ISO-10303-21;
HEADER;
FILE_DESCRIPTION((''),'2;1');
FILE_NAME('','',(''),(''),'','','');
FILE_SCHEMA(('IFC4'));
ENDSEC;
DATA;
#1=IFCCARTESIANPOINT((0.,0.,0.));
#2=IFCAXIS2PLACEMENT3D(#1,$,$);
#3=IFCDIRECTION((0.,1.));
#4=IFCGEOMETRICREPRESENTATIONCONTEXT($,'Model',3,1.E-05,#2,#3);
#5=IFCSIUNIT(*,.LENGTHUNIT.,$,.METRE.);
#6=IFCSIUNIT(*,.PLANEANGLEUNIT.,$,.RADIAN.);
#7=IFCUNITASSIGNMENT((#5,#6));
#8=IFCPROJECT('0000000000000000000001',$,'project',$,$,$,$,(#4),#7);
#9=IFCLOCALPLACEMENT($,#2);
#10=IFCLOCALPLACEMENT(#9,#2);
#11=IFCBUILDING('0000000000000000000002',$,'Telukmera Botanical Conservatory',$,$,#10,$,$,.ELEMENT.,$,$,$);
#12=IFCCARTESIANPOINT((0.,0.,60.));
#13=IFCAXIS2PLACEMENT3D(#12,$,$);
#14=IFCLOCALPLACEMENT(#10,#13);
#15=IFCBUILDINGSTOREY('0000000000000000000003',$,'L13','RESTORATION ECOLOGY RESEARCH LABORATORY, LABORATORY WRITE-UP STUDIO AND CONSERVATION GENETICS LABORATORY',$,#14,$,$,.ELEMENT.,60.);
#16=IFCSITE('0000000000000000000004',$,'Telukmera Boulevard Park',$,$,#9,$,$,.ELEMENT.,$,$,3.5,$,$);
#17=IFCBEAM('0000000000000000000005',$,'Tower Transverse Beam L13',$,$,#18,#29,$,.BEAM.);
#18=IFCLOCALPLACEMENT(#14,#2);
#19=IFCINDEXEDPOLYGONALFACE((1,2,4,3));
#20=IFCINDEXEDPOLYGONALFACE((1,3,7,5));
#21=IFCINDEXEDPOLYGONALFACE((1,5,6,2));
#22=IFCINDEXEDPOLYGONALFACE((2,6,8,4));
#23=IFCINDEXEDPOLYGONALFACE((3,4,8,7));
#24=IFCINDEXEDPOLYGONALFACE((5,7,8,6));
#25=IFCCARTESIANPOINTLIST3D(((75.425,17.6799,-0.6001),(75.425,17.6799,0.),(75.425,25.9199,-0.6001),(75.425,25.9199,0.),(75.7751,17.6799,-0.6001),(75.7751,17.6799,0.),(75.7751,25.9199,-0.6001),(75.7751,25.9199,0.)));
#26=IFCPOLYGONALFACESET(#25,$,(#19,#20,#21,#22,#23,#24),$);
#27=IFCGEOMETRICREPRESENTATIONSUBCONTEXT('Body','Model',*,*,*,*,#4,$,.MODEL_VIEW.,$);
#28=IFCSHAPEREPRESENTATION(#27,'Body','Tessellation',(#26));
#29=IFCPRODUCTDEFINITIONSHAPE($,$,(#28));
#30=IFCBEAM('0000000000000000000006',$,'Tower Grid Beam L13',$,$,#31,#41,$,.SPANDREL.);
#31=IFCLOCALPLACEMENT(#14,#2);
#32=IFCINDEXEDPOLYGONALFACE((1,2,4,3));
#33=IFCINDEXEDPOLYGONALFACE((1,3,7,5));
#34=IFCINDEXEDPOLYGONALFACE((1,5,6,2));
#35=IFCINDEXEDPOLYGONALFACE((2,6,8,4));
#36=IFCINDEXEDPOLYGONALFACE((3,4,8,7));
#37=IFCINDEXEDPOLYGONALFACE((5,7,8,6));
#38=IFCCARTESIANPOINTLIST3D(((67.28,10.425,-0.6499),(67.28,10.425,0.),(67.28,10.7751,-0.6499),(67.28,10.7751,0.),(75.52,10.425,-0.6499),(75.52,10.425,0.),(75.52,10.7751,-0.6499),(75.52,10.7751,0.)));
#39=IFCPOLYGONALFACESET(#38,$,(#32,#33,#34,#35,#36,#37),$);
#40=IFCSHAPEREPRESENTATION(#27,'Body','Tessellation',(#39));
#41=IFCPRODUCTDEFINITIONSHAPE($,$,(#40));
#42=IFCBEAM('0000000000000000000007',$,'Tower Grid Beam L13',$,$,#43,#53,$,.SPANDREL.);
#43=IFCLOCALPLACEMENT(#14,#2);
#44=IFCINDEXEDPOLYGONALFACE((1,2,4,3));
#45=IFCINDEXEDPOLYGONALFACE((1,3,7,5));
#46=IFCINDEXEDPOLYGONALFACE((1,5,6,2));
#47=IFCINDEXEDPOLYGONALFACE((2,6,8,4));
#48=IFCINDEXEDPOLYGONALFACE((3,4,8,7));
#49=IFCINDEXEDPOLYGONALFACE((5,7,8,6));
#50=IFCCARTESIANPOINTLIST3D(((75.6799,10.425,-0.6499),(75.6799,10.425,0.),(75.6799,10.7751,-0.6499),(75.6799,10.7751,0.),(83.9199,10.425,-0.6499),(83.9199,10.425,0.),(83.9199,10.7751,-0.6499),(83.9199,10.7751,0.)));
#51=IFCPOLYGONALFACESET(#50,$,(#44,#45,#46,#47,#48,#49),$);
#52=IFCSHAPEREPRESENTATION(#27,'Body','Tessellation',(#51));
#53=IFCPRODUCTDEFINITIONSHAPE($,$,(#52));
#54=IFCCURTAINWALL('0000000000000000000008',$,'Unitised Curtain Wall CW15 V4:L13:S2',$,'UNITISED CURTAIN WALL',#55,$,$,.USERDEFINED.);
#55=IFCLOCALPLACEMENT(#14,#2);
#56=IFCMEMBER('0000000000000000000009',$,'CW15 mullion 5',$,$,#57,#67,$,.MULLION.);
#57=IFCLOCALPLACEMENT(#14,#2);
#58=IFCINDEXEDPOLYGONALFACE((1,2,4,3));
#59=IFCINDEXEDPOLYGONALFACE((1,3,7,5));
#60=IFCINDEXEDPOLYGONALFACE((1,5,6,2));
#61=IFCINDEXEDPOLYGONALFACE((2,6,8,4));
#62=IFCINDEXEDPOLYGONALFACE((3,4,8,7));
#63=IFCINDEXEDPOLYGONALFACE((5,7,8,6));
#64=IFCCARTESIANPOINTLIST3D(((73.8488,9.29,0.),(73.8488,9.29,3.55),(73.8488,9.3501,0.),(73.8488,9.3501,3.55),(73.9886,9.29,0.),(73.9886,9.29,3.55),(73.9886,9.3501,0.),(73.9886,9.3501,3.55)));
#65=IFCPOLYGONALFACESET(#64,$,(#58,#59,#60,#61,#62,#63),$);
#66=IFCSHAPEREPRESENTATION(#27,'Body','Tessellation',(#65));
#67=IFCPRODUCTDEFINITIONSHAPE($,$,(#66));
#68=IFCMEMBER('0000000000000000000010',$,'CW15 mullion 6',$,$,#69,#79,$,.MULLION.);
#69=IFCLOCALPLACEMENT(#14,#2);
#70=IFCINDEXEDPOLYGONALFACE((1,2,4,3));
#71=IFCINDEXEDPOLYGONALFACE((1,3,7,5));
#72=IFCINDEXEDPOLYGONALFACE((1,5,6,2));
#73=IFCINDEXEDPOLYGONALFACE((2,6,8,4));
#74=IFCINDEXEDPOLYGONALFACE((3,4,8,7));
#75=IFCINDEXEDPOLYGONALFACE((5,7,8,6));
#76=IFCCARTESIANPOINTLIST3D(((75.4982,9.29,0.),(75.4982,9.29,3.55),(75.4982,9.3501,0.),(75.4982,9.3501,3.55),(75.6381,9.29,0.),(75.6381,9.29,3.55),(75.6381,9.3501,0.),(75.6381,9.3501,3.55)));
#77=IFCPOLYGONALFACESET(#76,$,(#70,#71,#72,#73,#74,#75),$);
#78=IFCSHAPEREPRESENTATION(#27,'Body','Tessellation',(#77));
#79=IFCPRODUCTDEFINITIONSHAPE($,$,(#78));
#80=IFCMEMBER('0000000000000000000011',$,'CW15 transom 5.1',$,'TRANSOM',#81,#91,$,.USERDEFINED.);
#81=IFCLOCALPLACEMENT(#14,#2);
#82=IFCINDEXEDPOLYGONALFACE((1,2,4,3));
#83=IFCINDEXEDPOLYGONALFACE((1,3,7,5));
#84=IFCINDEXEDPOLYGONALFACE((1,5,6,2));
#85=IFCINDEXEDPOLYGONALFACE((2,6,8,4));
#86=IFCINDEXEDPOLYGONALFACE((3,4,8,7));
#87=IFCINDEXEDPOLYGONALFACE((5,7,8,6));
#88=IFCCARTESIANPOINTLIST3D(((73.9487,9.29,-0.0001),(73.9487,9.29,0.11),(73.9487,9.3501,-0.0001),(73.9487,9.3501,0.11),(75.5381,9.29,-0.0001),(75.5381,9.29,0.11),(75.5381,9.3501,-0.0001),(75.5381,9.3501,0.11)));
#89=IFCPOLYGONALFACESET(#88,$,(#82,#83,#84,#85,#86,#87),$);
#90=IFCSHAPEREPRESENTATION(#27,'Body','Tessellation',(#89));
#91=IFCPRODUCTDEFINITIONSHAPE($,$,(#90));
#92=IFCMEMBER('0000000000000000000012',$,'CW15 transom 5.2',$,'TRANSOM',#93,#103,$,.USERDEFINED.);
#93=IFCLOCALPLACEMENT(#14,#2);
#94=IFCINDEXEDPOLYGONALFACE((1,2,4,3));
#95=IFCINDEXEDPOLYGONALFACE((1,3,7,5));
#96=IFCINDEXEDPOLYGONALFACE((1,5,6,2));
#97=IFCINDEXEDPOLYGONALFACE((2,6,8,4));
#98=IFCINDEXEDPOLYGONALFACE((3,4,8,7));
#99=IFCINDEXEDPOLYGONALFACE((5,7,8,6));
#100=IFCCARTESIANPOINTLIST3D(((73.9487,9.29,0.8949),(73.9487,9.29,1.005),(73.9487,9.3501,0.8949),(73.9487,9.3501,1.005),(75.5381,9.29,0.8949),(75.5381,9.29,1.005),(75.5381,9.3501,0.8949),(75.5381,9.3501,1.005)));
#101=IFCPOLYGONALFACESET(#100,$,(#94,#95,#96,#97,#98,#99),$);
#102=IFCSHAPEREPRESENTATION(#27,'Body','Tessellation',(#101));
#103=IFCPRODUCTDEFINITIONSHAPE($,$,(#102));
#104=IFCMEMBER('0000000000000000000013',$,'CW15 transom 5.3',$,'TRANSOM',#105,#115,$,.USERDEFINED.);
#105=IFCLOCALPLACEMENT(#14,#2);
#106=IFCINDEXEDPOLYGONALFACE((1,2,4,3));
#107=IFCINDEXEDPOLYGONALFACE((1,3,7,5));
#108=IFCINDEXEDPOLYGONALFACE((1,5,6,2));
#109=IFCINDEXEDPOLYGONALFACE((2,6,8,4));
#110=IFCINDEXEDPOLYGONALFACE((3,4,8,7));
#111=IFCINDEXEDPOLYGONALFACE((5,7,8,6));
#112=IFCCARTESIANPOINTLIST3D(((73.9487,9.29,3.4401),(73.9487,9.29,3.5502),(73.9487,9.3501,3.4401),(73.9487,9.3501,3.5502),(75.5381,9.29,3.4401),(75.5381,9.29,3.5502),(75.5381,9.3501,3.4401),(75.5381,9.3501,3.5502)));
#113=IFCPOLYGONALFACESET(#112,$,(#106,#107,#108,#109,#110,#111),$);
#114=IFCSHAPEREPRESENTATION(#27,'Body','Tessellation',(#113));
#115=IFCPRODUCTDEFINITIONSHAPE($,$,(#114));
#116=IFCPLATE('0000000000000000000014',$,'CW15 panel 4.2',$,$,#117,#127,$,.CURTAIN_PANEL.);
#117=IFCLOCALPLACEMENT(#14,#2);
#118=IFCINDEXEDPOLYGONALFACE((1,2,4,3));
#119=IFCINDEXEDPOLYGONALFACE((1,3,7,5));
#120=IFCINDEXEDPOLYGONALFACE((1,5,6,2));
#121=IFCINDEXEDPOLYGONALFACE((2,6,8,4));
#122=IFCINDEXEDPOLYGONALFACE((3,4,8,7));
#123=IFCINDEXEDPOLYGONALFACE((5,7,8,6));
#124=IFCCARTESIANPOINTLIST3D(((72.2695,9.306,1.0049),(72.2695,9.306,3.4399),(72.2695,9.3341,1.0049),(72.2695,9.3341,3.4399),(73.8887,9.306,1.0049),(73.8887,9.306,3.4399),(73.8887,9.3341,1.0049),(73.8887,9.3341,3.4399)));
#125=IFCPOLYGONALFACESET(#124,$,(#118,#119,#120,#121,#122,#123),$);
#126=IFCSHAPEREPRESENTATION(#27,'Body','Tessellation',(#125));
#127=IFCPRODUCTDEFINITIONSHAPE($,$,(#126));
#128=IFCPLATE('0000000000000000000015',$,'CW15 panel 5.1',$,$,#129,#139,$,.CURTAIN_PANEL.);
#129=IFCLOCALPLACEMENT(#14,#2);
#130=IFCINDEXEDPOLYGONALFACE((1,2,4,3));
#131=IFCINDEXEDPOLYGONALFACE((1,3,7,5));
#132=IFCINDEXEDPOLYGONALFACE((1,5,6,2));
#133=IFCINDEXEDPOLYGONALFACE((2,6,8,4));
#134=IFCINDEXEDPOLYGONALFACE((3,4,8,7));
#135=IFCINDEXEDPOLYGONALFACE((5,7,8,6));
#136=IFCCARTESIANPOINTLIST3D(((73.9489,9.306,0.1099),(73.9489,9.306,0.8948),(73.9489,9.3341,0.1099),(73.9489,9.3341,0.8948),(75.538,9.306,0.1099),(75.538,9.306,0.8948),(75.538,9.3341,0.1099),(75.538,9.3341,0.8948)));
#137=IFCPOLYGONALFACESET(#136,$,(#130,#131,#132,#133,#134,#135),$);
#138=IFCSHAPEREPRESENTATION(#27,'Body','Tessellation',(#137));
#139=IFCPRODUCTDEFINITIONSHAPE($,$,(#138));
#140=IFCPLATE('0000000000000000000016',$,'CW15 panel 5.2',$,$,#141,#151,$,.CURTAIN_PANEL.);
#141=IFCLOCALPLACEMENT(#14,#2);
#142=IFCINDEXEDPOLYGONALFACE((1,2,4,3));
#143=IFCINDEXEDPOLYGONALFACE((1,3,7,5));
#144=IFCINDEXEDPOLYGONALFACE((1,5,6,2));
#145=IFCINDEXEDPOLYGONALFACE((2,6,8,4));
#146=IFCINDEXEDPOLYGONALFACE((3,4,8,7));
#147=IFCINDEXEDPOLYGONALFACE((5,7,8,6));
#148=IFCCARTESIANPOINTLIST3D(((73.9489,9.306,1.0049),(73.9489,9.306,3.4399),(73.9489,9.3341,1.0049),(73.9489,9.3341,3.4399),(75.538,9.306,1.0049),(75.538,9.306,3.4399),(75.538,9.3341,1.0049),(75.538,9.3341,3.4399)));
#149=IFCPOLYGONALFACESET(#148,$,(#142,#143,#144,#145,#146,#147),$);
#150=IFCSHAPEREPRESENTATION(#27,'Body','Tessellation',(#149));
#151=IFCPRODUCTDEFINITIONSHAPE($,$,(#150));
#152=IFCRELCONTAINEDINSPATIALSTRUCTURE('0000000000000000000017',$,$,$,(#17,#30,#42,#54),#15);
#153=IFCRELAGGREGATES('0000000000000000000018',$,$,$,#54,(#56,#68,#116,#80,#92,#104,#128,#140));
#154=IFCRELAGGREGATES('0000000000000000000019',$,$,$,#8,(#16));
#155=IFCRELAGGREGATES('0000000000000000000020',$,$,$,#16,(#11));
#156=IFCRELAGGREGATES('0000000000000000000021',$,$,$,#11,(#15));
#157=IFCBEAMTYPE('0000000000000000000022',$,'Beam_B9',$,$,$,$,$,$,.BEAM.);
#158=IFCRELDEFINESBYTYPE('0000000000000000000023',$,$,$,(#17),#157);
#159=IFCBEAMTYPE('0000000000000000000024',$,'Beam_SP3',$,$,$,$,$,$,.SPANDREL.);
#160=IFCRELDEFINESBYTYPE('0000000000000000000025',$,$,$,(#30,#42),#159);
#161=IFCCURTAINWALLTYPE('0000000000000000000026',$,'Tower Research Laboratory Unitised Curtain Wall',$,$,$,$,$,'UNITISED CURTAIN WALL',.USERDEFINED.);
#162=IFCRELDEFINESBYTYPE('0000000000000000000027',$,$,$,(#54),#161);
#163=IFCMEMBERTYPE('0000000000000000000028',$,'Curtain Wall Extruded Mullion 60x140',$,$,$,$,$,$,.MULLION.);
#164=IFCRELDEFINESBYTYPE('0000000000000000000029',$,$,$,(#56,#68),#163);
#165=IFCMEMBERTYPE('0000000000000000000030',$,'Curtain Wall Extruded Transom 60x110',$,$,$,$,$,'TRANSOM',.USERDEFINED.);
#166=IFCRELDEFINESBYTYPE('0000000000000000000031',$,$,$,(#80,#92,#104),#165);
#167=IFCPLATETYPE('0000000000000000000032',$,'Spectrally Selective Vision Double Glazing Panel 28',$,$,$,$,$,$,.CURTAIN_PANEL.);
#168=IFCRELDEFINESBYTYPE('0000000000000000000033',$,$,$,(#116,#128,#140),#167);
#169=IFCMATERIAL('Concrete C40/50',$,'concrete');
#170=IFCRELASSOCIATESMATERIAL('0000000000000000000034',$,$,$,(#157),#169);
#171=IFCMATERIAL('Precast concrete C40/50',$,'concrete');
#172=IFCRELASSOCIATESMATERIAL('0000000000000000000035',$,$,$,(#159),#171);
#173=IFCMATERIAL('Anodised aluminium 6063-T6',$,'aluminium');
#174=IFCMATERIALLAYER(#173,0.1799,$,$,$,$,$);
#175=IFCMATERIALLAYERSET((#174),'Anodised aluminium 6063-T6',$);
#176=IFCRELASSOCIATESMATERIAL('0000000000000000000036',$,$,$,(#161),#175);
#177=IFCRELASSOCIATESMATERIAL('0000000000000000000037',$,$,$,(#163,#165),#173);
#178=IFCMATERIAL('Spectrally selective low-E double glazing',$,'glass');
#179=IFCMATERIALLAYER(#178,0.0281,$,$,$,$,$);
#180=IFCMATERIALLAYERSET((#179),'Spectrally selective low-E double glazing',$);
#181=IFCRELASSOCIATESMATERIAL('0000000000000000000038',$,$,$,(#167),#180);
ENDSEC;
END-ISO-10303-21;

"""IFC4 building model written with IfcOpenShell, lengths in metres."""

from ifc_helpers import new_model, si_unit, direction, frame, origin, origin_2d, place, context, subcontext, project, spatial, rectangle, extrude, material, layer, layer_set, material_profile, profile_set, type_object, element, aggregate, save


model = new_model("IFC4")

# Units and contexts
model_context = context("Model", 3, precision=1e-05, world=origin(), true_north=direction((0.0, 1.0)))
body_context = subcontext(model_context, "Body", "Model", "MODEL_VIEW")
ifc_project = project(units=[si_unit("LENGTHUNIT", "METRE"), si_unit("PLANEANGLEUNIT", "RADIAN")], contexts=[model_context])

# Site, building, storey
site_placement = place(None, origin())
site = spatial("IfcSite", under=ifc_project, at=site_placement, Name="Telukmera Boulevard Park", CompositionType="ELEMENT", RefElevation=3.5)
building_placement = place(site_placement, origin())
building = spatial("IfcBuilding", under=site, at=building_placement, Name="Telukmera Botanical Conservatory", CompositionType="ELEMENT")
storey_placement = place(building_placement, frame((0.0, 0.0, 60.0)))
storey = spatial("IfcBuildingStorey", under=building, at=storey_placement, Name="L13", Description="RESTORATION ECOLOGY RESEARCH LABORATORY, LABORATORY WRITE-UP STUDIO AND CONSERVATION GENETICS LABORATORY", CompositionType="ELEMENT", Elevation=60.0)

# Shared definitions
ifc_material_1 = material(Name="Concrete C40/50", Category="concrete")

# Beams
ifc_material_profile_1 = material_profile(ifc_material_1, rectangle(XDim=0.3501, YDim=0.6001, at=origin_2d()), Name="RC 350x600")
ifc_profile_set_1 = profile_set([ifc_material_profile_1], Name="Concrete C40/50")
beam_type_1 = type_object("IfcBeamType", Name="Beam_B9", PredefinedType="BEAM", material=ifc_profile_set_1)
beam_1_placement = place(storey_placement, frame((75.6001, 17.6799, -0.3), z_axis=(0.0, 1.0, 0.0), x_axis=(-1.0, 0.0, 0.0)))
element("IfcBeam", 1, at=beam_1_placement, inside=storey, type_object=beam_type_1, Name="Tower Transverse Beam L13", PredefinedType="BEAM", context=body_context, shape_type="SweptSolid", body=[
    extrude(rectangle(XDim=0.3501, YDim=0.6001, at=origin_2d()), origin(), (0.0, 0.0, 1.0), 8.24),
])
ifc_material_2 = material(Name="Precast concrete C40/50", Category="concrete")
ifc_material_profile_2 = material_profile(ifc_material_2, rectangle(XDim=0.3501, YDim=0.6499, at=origin_2d()), Name="PC 350x650")
ifc_profile_set_2 = profile_set([ifc_material_profile_2], Name="Precast concrete C40/50")
beam_type_2 = type_object("IfcBeamType", Name="Beam_SP3", PredefinedType="SPANDREL", material=ifc_profile_set_2)
for number, where, z_axis, x_axis, name in (
    (2, (67.28, 10.6001, -0.325), (1.0, 0.0, 0.0), (0.0, 1.0, 0.0), "Tower Grid Beam L13"),
    (3, (75.6799, 10.6001, -0.325), (1.0, 0.0, 0.0), (0.0, 1.0, 0.0), "Tower Grid Beam L13"),
):
    element("IfcBeam", number, at=place(storey_placement, frame(where, z_axis=z_axis, x_axis=x_axis)), inside=storey, type_object=beam_type_2, Name=name, PredefinedType="SPANDREL", context=body_context, shape_type="SweptSolid", body=[
        extrude(rectangle(XDim=0.3501, YDim=0.6499, at=origin_2d()), origin(), (0.0, 0.0, 1.0), 8.24),
    ])

# Curtain wall, members, plates
ifc_material_3 = material(Name="Anodised aluminium 6063-T6", Category="aluminium")
ifc_layer_1 = layer(ifc_material_3, 0.1799)
ifc_layer_set_1 = layer_set([ifc_layer_1], Name="Anodised aluminium 6063-T6")
curtain_wall_type = type_object("IfcCurtainWallType", Name="Tower Research Laboratory Unitised Curtain Wall", ElementType="UNITISED CURTAIN WALL", PredefinedType="USERDEFINED", material=ifc_layer_set_1)
curtain_wall_placement = place(storey_placement, origin())
curtain_wall = element("IfcCurtainWall", 4, at=curtain_wall_placement, inside=storey, type_object=curtain_wall_type, Name="Unitised Curtain Wall CW15 V4:L13:S2", ObjectType="UNITISED CURTAIN WALL", PredefinedType="USERDEFINED")
ifc_material_profile_3 = material_profile(ifc_material_3, rectangle(XDim=0.0601, YDim=0.1399, at=origin_2d()), Name="ALU MULL 60x140")
ifc_profile_set_3 = profile_set([ifc_material_profile_3], Name="Anodised aluminium 6063-T6")
member_type_1 = type_object("IfcMemberType", Name="Curtain Wall Extruded Mullion 60x140", PredefinedType="MULLION", material=ifc_profile_set_3)
member_1_placement = place(storey_placement, frame((73.9187, 9.3201, 0.0), z_axis=(0.0, 0.0, 1.0), x_axis=(0.0, 1.0, 0.0)))
member_1 = element("IfcMember", 5, at=member_1_placement, type_object=member_type_1, Name="CW15 mullion 5", PredefinedType="MULLION", context=body_context, shape_type="SweptSolid", body=[
    extrude(rectangle(XDim=0.0601, YDim=0.1399, at=origin_2d()), origin(), (0.0, 0.0, 1.0), 3.55),
])
member_2_placement = place(storey_placement, frame((75.5681, 9.3201, 0.0), z_axis=(0.0, 0.0, 1.0), x_axis=(0.0, 1.0, 0.0)))
member_2 = element("IfcMember", 6, at=member_2_placement, type_object=member_type_1, Name="CW15 mullion 6", PredefinedType="MULLION", context=body_context, shape_type="SweptSolid", body=[
    extrude(rectangle(XDim=0.0601, YDim=0.1399, at=origin_2d()), origin(), (0.0, 0.0, 1.0), 3.55),
])
ifc_material_profile_4 = material_profile(ifc_material_3, rectangle(XDim=0.0601, YDim=0.1101, at=origin_2d()), Name="ALU TRAN 60x110")
ifc_profile_set_4 = profile_set([ifc_material_profile_4], Name="Anodised aluminium 6063-T6")
member_type_2 = type_object("IfcMemberType", Name="Curtain Wall Extruded Transom 60x110", ElementType="TRANSOM", PredefinedType="USERDEFINED", material=ifc_profile_set_4)
member_3_placement = place(storey_placement, frame((73.9487, 9.3201, 0.0549), z_axis=(1.0, 0.0, 0.0), x_axis=(0.0, 1.0, 0.0)))
member_3 = element("IfcMember", 7, at=member_3_placement, type_object=member_type_2, Name="CW15 transom 5.1", ObjectType="TRANSOM", PredefinedType="USERDEFINED", context=body_context, shape_type="SweptSolid", body=[
    extrude(rectangle(XDim=0.0601, YDim=0.1101, at=origin_2d()), origin(), (0.0, 0.0, 1.0), 1.5894),
])
member_4_placement = place(storey_placement, frame((73.9487, 9.3201, 0.95), z_axis=(1.0, 0.0, 0.0), x_axis=(0.0, 1.0, 0.0)))
member_4 = element("IfcMember", 8, at=member_4_placement, type_object=member_type_2, Name="CW15 transom 5.2", ObjectType="TRANSOM", PredefinedType="USERDEFINED", context=body_context, shape_type="SweptSolid", body=[
    extrude(rectangle(XDim=0.0601, YDim=0.1101, at=origin_2d()), origin(), (0.0, 0.0, 1.0), 1.5894),
])
member_5_placement = place(storey_placement, frame((73.9487, 9.3201, 3.4951), z_axis=(1.0, 0.0, 0.0), x_axis=(0.0, 1.0, 0.0)))
member_5 = element("IfcMember", 9, at=member_5_placement, type_object=member_type_2, Name="CW15 transom 5.3", ObjectType="TRANSOM", PredefinedType="USERDEFINED", context=body_context, shape_type="SweptSolid", body=[
    extrude(rectangle(XDim=0.0601, YDim=0.1101, at=origin_2d()), origin(), (0.0, 0.0, 1.0), 1.5894),
])
ifc_material_4 = material(Name="Spectrally selective low-E double glazing", Category="glass")
ifc_layer_2 = layer(ifc_material_4, 0.0281)
ifc_layer_set_2 = layer_set([ifc_layer_2], Name="Spectrally selective low-E double glazing")
plate_type = type_object("IfcPlateType", Name="Spectrally Selective Vision Double Glazing Panel 28", PredefinedType="CURTAIN_PANEL", material=ifc_layer_set_2)
plate_1_placement = place(storey_placement, frame((73.0791, 9.3201, 1.0049), z_axis=(0.0, 0.0, 1.0), x_axis=(1.0, 0.0, 0.0)))
plate_1 = element("IfcPlate", 10, at=plate_1_placement, type_object=plate_type, Name="CW15 panel 4.2", PredefinedType="CURTAIN_PANEL", context=body_context, shape_type="SweptSolid", body=[
    extrude(rectangle(XDim=1.6191, YDim=0.0281, at=origin_2d()), origin(), (0.0, 0.0, 1.0), 2.4351),
])
plate_2_placement = place(storey_placement, frame((74.7434, 9.3201, 0.1099), z_axis=(0.0, 0.0, 1.0), x_axis=(1.0, 0.0, 0.0)))
plate_2 = element("IfcPlate", 11, at=plate_2_placement, type_object=plate_type, Name="CW15 panel 5.1", PredefinedType="CURTAIN_PANEL", context=body_context, shape_type="SweptSolid", body=[
    extrude(rectangle(XDim=1.5891, YDim=0.0281, at=origin_2d()), origin(), (0.0, 0.0, 1.0), 0.7849),
])
plate_3_placement = place(storey_placement, frame((74.7434, 9.3201, 1.0049), z_axis=(0.0, 0.0, 1.0), x_axis=(1.0, 0.0, 0.0)))
plate_3 = element("IfcPlate", 12, at=plate_3_placement, type_object=plate_type, Name="CW15 panel 5.2", PredefinedType="CURTAIN_PANEL", context=body_context, shape_type="SweptSolid", body=[
    extrude(rectangle(XDim=1.5891, YDim=0.0281, at=origin_2d()), origin(), (0.0, 0.0, 1.0), 2.4351),
])
aggregate(curtain_wall, [member_1, member_2, plate_1, member_3, member_4, member_5, plate_2, plate_3])

save(model, "model.ifc")
